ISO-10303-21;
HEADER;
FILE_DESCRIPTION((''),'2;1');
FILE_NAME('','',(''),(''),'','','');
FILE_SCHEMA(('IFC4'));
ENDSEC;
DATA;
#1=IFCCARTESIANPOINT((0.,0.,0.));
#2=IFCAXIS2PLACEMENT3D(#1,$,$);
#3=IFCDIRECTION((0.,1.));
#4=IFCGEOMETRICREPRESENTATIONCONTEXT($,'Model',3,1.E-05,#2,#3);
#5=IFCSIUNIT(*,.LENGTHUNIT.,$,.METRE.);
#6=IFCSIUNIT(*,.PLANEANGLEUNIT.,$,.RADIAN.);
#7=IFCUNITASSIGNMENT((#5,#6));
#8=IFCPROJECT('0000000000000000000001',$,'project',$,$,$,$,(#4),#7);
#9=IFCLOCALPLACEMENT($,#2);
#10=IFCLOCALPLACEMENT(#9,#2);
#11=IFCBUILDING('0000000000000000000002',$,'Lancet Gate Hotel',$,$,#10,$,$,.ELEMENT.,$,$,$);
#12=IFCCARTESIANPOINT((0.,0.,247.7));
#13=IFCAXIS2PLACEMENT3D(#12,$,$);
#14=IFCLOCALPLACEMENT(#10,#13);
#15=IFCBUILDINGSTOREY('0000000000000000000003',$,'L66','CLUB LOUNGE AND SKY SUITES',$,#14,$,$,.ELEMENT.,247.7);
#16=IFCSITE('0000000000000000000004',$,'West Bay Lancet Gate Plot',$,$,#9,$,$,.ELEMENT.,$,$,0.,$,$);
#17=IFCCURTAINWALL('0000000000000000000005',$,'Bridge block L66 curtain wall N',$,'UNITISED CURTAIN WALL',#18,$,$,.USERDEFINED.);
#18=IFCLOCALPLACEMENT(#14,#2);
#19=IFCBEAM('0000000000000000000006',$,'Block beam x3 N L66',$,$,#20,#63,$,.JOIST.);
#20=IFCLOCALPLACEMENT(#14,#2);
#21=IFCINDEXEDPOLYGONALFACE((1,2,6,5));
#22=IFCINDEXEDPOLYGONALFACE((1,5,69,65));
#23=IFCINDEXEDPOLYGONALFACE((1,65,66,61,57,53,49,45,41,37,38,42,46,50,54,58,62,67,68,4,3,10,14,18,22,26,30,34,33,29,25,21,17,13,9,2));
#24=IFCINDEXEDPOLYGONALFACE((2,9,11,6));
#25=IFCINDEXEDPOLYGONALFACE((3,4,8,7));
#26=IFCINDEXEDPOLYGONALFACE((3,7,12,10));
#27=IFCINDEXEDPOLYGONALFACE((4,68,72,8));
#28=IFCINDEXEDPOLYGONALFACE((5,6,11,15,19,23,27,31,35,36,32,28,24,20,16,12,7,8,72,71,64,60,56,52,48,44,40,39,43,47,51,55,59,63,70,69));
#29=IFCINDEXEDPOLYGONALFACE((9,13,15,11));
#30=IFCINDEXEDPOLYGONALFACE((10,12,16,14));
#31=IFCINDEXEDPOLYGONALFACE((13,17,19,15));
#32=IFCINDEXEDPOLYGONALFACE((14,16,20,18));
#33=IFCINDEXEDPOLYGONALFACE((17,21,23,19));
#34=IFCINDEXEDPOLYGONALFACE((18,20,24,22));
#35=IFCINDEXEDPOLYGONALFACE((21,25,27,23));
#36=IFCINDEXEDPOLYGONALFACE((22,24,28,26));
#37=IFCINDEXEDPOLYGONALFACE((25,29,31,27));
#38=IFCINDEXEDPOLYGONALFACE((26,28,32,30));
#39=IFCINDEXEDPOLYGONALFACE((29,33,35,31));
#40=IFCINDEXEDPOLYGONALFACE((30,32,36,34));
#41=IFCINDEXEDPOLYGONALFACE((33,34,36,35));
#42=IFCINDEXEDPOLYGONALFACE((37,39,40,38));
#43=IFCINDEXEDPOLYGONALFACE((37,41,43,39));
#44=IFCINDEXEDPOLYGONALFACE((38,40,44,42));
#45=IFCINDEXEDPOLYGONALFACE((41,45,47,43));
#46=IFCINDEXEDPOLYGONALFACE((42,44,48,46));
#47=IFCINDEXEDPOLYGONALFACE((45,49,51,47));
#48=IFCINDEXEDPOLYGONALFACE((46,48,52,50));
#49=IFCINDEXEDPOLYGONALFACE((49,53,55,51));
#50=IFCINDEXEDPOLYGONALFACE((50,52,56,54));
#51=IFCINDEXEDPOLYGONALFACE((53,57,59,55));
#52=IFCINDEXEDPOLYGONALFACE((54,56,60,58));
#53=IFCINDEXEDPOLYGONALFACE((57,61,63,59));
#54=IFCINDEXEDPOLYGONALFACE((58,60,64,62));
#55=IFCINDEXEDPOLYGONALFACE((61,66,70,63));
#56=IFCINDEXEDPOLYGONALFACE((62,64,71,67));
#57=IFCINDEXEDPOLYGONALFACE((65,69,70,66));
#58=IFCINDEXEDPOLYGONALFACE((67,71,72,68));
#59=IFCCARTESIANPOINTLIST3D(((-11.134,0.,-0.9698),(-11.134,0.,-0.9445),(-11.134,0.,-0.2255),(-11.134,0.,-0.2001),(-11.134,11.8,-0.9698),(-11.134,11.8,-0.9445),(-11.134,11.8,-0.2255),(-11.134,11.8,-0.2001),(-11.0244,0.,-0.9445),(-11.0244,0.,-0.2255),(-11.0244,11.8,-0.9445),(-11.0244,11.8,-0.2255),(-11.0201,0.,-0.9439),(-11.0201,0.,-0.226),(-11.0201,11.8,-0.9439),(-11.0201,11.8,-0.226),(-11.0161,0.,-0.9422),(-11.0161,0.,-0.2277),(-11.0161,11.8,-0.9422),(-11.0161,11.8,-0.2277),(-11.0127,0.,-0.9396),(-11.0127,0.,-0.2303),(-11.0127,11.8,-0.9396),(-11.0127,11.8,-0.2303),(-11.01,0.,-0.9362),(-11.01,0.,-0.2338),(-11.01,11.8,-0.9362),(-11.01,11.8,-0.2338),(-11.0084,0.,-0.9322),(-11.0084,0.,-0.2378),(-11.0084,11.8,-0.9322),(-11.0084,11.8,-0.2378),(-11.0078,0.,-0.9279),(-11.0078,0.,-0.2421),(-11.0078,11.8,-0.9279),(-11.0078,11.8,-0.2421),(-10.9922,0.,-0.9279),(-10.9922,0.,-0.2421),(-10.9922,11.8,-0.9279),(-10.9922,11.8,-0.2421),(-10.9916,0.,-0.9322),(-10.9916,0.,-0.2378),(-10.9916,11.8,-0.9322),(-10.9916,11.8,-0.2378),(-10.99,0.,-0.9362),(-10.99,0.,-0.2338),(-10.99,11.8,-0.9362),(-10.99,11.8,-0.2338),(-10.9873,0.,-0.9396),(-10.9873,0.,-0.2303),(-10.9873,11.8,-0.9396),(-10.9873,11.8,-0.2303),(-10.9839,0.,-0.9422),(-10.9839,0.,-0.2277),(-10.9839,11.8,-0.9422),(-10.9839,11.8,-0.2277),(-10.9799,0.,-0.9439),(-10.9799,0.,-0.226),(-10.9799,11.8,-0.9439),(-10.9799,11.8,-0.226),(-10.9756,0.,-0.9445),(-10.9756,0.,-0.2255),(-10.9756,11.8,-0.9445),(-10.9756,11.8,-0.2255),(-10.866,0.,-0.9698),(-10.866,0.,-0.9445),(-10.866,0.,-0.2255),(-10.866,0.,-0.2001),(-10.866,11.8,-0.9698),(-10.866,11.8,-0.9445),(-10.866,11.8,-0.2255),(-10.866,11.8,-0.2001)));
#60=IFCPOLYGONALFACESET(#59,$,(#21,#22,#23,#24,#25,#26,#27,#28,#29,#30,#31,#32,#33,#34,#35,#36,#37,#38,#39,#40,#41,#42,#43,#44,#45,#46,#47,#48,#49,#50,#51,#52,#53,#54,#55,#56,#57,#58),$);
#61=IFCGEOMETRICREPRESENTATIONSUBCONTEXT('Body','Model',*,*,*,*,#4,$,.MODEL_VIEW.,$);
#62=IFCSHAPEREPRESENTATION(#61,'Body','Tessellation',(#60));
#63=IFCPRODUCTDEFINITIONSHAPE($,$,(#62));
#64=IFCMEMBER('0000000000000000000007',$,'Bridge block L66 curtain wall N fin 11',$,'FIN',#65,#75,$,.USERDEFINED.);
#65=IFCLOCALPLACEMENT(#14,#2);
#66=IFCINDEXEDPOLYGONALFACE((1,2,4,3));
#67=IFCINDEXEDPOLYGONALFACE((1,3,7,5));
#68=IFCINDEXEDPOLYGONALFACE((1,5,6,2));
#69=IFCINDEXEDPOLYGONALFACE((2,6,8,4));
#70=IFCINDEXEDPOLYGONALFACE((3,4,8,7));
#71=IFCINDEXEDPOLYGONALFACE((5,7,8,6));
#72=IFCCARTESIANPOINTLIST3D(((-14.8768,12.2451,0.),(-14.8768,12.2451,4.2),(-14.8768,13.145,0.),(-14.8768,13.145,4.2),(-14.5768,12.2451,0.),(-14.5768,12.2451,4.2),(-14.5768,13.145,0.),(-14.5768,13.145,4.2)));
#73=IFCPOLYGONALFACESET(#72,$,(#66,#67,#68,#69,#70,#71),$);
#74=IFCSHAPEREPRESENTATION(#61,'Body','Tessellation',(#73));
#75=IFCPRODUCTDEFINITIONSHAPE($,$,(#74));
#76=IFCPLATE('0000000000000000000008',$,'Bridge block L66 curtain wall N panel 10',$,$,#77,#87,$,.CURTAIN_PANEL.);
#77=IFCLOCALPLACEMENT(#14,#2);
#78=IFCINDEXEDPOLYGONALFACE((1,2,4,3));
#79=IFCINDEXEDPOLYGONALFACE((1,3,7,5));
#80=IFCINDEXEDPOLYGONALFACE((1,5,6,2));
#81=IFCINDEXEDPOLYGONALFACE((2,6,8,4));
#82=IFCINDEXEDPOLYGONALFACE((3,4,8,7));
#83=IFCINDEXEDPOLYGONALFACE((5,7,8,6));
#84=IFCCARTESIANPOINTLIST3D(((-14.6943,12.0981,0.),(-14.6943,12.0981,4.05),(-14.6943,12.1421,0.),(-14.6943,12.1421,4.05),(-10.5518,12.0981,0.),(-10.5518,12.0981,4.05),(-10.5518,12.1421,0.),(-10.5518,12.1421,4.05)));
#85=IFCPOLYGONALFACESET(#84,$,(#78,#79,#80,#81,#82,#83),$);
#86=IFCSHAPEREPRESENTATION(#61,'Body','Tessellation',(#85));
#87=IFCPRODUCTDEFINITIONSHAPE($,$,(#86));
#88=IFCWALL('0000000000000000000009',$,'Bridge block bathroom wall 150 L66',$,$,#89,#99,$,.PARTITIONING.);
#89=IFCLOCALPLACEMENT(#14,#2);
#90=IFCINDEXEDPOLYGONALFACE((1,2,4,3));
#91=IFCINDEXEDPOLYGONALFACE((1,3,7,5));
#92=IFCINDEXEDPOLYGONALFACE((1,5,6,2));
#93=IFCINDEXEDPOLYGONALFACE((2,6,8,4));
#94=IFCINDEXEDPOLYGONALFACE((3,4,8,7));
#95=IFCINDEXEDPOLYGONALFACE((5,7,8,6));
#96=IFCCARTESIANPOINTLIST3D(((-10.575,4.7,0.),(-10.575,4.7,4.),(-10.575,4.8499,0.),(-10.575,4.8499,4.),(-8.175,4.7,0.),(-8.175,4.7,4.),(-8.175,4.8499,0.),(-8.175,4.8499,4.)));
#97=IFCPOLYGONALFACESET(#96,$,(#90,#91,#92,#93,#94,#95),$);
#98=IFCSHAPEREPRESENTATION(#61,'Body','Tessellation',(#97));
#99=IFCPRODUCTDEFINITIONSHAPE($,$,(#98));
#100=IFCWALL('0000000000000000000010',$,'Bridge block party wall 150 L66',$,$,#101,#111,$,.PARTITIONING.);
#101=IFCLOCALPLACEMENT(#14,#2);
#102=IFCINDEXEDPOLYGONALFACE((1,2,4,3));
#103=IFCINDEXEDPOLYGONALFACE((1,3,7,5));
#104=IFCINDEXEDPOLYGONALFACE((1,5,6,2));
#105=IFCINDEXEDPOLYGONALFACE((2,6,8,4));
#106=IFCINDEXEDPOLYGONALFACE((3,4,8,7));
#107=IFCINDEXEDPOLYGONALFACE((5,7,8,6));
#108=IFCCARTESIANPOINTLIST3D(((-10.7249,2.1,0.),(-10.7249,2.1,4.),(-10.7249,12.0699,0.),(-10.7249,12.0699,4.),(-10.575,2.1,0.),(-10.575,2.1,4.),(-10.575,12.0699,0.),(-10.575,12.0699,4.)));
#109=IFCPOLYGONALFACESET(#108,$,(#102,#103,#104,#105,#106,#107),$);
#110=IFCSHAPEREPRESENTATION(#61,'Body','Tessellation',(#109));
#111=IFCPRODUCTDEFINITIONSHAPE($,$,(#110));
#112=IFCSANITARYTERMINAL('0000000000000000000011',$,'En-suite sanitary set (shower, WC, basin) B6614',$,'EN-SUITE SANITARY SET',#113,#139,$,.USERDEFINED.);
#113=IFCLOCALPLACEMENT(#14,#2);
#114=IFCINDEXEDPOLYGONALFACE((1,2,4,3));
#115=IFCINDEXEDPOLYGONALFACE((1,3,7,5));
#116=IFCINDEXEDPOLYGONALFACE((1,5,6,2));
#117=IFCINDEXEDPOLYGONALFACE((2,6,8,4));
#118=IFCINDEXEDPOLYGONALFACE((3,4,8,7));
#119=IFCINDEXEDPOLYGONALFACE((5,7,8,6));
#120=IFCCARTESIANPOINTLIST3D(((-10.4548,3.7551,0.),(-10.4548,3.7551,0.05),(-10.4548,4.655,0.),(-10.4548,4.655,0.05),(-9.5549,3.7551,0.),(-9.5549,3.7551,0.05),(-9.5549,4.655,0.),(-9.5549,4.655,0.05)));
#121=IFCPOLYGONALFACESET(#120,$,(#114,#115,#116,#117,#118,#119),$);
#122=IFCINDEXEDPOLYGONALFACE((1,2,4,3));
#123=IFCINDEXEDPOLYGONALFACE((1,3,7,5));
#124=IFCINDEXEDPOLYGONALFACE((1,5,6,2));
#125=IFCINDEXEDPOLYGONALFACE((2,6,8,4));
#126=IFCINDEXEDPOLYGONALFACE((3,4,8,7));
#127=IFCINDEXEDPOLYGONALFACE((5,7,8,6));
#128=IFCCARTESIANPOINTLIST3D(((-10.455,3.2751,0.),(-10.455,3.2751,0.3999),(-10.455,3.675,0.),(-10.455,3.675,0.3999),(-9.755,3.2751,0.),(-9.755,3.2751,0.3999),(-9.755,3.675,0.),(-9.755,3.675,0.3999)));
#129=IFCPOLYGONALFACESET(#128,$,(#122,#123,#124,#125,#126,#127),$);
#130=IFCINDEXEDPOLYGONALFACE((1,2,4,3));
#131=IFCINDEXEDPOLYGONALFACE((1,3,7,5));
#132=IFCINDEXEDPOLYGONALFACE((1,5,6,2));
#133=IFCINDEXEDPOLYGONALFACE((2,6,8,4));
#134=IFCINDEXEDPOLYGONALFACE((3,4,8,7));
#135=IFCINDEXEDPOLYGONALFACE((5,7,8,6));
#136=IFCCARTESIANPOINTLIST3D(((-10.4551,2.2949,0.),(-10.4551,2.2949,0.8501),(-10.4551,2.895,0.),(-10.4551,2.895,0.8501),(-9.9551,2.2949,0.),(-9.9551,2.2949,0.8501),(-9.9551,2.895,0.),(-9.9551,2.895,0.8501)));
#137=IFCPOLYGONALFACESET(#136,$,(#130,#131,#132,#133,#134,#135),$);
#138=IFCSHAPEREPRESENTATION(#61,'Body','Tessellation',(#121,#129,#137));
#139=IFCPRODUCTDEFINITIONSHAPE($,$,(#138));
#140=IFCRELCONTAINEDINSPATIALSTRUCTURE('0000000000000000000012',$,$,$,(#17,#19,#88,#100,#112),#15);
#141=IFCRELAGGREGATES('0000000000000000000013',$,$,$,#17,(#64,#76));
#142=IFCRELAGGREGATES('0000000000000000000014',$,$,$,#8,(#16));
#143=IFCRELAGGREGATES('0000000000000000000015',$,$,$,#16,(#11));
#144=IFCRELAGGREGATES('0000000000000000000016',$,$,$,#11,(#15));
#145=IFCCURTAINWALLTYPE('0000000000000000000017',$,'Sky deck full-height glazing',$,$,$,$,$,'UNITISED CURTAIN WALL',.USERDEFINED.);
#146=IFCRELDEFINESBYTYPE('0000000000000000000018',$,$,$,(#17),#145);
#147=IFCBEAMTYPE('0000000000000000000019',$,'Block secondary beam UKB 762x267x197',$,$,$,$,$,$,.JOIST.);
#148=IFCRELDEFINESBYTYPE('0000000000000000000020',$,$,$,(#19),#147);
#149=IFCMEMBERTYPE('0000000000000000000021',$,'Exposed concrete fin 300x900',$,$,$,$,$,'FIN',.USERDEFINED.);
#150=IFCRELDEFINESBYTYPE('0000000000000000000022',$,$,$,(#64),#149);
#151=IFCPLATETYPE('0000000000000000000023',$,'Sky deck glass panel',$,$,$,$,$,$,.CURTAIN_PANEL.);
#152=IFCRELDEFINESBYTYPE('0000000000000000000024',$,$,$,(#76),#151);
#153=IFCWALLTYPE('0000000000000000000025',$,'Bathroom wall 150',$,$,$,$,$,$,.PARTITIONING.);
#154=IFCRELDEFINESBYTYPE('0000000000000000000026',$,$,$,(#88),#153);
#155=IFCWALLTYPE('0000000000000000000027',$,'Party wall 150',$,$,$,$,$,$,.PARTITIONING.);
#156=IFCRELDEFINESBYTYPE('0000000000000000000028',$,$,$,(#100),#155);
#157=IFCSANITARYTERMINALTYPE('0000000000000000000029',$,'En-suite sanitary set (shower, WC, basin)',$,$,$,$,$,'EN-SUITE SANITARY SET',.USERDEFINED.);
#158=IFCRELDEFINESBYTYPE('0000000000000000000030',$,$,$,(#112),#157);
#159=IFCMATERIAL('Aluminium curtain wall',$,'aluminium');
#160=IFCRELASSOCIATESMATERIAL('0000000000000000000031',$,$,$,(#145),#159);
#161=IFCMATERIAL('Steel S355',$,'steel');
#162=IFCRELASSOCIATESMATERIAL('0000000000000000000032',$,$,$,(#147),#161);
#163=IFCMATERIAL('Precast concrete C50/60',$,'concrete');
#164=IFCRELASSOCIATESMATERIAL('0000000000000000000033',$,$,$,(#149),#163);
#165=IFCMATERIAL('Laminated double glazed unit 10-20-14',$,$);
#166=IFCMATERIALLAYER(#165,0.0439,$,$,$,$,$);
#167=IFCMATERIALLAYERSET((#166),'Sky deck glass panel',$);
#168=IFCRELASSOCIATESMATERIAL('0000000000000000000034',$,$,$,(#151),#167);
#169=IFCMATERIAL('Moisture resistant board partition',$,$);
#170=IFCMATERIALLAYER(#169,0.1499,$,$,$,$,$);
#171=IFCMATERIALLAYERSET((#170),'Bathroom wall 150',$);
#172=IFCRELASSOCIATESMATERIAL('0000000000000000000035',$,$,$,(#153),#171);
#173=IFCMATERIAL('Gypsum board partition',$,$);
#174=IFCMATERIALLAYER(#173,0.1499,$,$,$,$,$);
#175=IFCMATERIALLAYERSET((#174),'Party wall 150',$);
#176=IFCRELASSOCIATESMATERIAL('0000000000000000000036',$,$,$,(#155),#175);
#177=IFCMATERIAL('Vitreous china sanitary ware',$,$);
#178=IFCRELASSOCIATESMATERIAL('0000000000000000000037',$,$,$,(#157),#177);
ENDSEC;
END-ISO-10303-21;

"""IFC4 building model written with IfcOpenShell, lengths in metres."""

from ifc_helpers import new_model, si_unit, direction, frame, frame_2d, origin, origin_2d, place, context, subcontext, project, spatial, rectangle, i_section, extrude, material, layer, layer_set, material_profile, profile_set, type_object, element, aggregate, save


model = new_model("IFC4")

# Units and contexts
model_context = context("Model", 3, precision=1e-05, world=origin(), true_north=direction((0.0, 1.0)))
body_context = subcontext(model_context, "Body", "Model", "MODEL_VIEW")
ifc_project = project(units=[si_unit("LENGTHUNIT", "METRE"), si_unit("PLANEANGLEUNIT", "RADIAN")], contexts=[model_context])

# Site, building, storey
site_placement = place(None, origin())
site = spatial("IfcSite", under=ifc_project, at=site_placement, Name="West Bay Lancet Gate Plot", CompositionType="ELEMENT", RefElevation=0.0)
building_placement = place(site_placement, origin())
building = spatial("IfcBuilding", under=site, at=building_placement, Name="Lancet Gate Hotel", CompositionType="ELEMENT")
storey_placement = place(building_placement, frame((0.0, 0.0, 247.7)))
storey = spatial("IfcBuildingStorey", under=building, at=storey_placement, Name="L66", Description="CLUB LOUNGE AND SKY SUITES", CompositionType="ELEMENT", Elevation=247.7)

# Curtain wall
ifc_material_1 = material(Name="Aluminium curtain wall", Category="aluminium")
curtain_wall_type = type_object("IfcCurtainWallType", Name="Sky deck full-height glazing", ElementType="UNITISED CURTAIN WALL", PredefinedType="USERDEFINED", material=ifc_material_1)
curtain_wall_placement = place(storey_placement, origin())
curtain_wall = element("IfcCurtainWall", 1, at=curtain_wall_placement, inside=storey, type_object=curtain_wall_type, Name="Bridge block L66 curtain wall N", ObjectType="UNITISED CURTAIN WALL", PredefinedType="USERDEFINED")

# Beam
ifc_material_2 = material(Name="Steel S355", Category="steel")
ifc_material_profile_1 = material_profile(ifc_material_2, i_section(OverallWidth=0.2681, OverallDepth=0.7698, WebThickness=0.0156, FlangeThickness=0.0254, FilletRadius=0.0166, at=origin_2d()), Name="UKB 762x267x197")
ifc_profile_set_1 = profile_set([ifc_material_profile_1], Name="Steel S355")
beam_type_1 = type_object("IfcBeamType", Name="Block secondary beam UKB 762x267x197", PredefinedType="JOIST", material=ifc_profile_set_1)
beam_placement = place(storey_placement, frame((-11.0, 0.0, -0.585), z_axis=(0.0, 1.0, 0.0), x_axis=(-1.0, 0.0, 0.0)))
element("IfcBeam", 2, at=beam_placement, inside=storey, type_object=beam_type_1, Name="Block beam x3 N L66", PredefinedType="JOIST", context=body_context, shape_type="SweptSolid", body=[
    extrude(i_section(OverallWidth=0.2681, OverallDepth=0.7698, WebThickness=0.0156, FlangeThickness=0.0254, FilletRadius=0.0166, at=origin_2d()), origin(), (0.0, 0.0, 1.0), 11.8),
])

# Member
ifc_material_3 = material(Name="Precast concrete C50/60", Category="concrete")
ifc_material_profile_2 = material_profile(ifc_material_3, rectangle(XDim=0.3, YDim=0.8999, at=origin_2d()), Name="FIN 300x900")
ifc_profile_set_2 = profile_set([ifc_material_profile_2], Name="Precast concrete C50/60")
member_type_1 = type_object("IfcMemberType", Name="Exposed concrete fin 300x900", ElementType="FIN", PredefinedType="USERDEFINED", material=ifc_profile_set_2)
member_1_placement = place(storey_placement, frame((-14.7268, 12.6951, 0.0), z_axis=(0.0, 0.0, 1.0), x_axis=(-1.0, 0.0, 0.0)))
member_1 = element("IfcMember", 3, at=member_1_placement, type_object=member_type_1, Name="Bridge block L66 curtain wall N fin 11", ObjectType="FIN", PredefinedType="USERDEFINED", context=body_context, shape_type="SweptSolid", body=[
    extrude(rectangle(XDim=0.3, YDim=0.8999, at=origin_2d()), origin(), (0.0, 0.0, 1.0), 4.2),
])

# Plate
ifc_material_4 = material(Name="Laminated double glazed unit 10-20-14")
ifc_layer_1 = layer(ifc_material_4, 0.0439)
ifc_layer_set_1 = layer_set([ifc_layer_1], Name="Sky deck glass panel")
plate_type = type_object("IfcPlateType", Name="Sky deck glass panel", PredefinedType="CURTAIN_PANEL", material=ifc_layer_set_1)
plate_placement = place(storey_placement, frame((-12.623, 12.1201, 0.0), z_axis=(0.0, 0.0, 1.0), x_axis=(-1.0, 0.0, 0.0)))
plate = element("IfcPlate", 4, at=plate_placement, type_object=plate_type, Name="Bridge block L66 curtain wall N panel 10", PredefinedType="CURTAIN_PANEL", context=body_context, shape_type="SweptSolid", body=[
    extrude(rectangle(XDim=4.1426, YDim=0.0439, at=origin_2d()), origin(), (0.0, 0.0, 1.0), 4.05),
])
aggregate(curtain_wall, [member_1, plate])

# Walls
ifc_material_5 = material(Name="Moisture resistant board partition")
ifc_layer_2 = layer(ifc_material_5, 0.1499)
ifc_layer_set_2 = layer_set([ifc_layer_2], Name="Bathroom wall 150")
wall_type_1 = type_object("IfcWallType", Name="Bathroom wall 150", PredefinedType="PARTITIONING", material=ifc_layer_set_2)
wall_1_placement = place(storey_placement, frame((-10.575, 4.7749, 0.0), z_axis=(0.0, 0.0, 1.0), x_axis=(1.0, 0.0, 0.0)))
element("IfcWall", 5, at=wall_1_placement, inside=storey, type_object=wall_type_1, Name="Bridge block bathroom wall 150 L66", PredefinedType="PARTITIONING", context=body_context, shape_type="SweptSolid", body=[
    extrude(rectangle(XDim=2.3999, YDim=0.1499, at=frame_2d((1.2, 0.0))), origin(), (0.0, 0.0, 1.0), 4.0),
])
ifc_material_6 = material(Name="Gypsum board partition")
ifc_layer_3 = layer(ifc_material_6, 0.1499)
ifc_layer_set_3 = layer_set([ifc_layer_3], Name="Party wall 150")
wall_type_2 = type_object("IfcWallType", Name="Party wall 150", PredefinedType="PARTITIONING", material=ifc_layer_set_3)
wall_2_placement = place(storey_placement, frame((-10.6499, 2.1001, 0.0), z_axis=(0.0, 0.0, 1.0), x_axis=(0.0, 1.0, 0.0)))
element("IfcWall", 6, at=wall_2_placement, inside=storey, type_object=wall_type_2, Name="Bridge block party wall 150 L66", PredefinedType="PARTITIONING", context=body_context, shape_type="SweptSolid", body=[
    extrude(rectangle(XDim=9.97, YDim=0.1499, at=frame_2d((4.9849, 0.0))), origin(), (0.0, 0.0, 1.0), 4.0),
])

# Sanitary terminal
ifc_material_7 = material(Name="Vitreous china sanitary ware")
sanitary_terminal_type = type_object("IfcSanitaryTerminalType", Name="En-suite sanitary set (shower, WC, basin)", ElementType="EN-SUITE SANITARY SET", PredefinedType="USERDEFINED", material=ifc_material_7)
sanitary_terminal_placement = place(storey_placement, frame((-10.0049, 4.2051, 0.0), z_axis=(0.0, 0.0, 1.0), x_axis=(1.0, 0.0, 0.0)))
element("IfcSanitaryTerminal", 7, at=sanitary_terminal_placement, inside=storey, type_object=sanitary_terminal_type, Name="En-suite sanitary set (shower, WC, basin) B6614", ObjectType="EN-SUITE SANITARY SET", PredefinedType="USERDEFINED", context=body_context, shape_type="SweptSolid", body=[
    extrude(rectangle(XDim=0.8999, YDim=0.8999, at=origin_2d()), frame((0.0, 0.0, 0.0), z_axis=(0.0, 0.0, 1.0), x_axis=(0.0, 1.0, 0.0)), (0.0, 0.0, 1.0), 0.05),
    extrude(rectangle(XDim=0.3999, YDim=0.7, at=origin_2d()), frame((-0.1001, -0.73, 0.0), z_axis=(0.0, 0.0, 1.0), x_axis=(0.0, 1.0, 0.0)), (0.0, 0.0, 1.0), 0.3999),
    extrude(rectangle(XDim=0.6001, YDim=0.5, at=origin_2d()), frame((-0.2002, -1.6101, 0.0), z_axis=(0.0, 0.0, 1.0), x_axis=(0.0, 1.0, 0.0)), (0.0, 0.0, 1.0), 0.8501),
])

save(model, "model.ifc")
